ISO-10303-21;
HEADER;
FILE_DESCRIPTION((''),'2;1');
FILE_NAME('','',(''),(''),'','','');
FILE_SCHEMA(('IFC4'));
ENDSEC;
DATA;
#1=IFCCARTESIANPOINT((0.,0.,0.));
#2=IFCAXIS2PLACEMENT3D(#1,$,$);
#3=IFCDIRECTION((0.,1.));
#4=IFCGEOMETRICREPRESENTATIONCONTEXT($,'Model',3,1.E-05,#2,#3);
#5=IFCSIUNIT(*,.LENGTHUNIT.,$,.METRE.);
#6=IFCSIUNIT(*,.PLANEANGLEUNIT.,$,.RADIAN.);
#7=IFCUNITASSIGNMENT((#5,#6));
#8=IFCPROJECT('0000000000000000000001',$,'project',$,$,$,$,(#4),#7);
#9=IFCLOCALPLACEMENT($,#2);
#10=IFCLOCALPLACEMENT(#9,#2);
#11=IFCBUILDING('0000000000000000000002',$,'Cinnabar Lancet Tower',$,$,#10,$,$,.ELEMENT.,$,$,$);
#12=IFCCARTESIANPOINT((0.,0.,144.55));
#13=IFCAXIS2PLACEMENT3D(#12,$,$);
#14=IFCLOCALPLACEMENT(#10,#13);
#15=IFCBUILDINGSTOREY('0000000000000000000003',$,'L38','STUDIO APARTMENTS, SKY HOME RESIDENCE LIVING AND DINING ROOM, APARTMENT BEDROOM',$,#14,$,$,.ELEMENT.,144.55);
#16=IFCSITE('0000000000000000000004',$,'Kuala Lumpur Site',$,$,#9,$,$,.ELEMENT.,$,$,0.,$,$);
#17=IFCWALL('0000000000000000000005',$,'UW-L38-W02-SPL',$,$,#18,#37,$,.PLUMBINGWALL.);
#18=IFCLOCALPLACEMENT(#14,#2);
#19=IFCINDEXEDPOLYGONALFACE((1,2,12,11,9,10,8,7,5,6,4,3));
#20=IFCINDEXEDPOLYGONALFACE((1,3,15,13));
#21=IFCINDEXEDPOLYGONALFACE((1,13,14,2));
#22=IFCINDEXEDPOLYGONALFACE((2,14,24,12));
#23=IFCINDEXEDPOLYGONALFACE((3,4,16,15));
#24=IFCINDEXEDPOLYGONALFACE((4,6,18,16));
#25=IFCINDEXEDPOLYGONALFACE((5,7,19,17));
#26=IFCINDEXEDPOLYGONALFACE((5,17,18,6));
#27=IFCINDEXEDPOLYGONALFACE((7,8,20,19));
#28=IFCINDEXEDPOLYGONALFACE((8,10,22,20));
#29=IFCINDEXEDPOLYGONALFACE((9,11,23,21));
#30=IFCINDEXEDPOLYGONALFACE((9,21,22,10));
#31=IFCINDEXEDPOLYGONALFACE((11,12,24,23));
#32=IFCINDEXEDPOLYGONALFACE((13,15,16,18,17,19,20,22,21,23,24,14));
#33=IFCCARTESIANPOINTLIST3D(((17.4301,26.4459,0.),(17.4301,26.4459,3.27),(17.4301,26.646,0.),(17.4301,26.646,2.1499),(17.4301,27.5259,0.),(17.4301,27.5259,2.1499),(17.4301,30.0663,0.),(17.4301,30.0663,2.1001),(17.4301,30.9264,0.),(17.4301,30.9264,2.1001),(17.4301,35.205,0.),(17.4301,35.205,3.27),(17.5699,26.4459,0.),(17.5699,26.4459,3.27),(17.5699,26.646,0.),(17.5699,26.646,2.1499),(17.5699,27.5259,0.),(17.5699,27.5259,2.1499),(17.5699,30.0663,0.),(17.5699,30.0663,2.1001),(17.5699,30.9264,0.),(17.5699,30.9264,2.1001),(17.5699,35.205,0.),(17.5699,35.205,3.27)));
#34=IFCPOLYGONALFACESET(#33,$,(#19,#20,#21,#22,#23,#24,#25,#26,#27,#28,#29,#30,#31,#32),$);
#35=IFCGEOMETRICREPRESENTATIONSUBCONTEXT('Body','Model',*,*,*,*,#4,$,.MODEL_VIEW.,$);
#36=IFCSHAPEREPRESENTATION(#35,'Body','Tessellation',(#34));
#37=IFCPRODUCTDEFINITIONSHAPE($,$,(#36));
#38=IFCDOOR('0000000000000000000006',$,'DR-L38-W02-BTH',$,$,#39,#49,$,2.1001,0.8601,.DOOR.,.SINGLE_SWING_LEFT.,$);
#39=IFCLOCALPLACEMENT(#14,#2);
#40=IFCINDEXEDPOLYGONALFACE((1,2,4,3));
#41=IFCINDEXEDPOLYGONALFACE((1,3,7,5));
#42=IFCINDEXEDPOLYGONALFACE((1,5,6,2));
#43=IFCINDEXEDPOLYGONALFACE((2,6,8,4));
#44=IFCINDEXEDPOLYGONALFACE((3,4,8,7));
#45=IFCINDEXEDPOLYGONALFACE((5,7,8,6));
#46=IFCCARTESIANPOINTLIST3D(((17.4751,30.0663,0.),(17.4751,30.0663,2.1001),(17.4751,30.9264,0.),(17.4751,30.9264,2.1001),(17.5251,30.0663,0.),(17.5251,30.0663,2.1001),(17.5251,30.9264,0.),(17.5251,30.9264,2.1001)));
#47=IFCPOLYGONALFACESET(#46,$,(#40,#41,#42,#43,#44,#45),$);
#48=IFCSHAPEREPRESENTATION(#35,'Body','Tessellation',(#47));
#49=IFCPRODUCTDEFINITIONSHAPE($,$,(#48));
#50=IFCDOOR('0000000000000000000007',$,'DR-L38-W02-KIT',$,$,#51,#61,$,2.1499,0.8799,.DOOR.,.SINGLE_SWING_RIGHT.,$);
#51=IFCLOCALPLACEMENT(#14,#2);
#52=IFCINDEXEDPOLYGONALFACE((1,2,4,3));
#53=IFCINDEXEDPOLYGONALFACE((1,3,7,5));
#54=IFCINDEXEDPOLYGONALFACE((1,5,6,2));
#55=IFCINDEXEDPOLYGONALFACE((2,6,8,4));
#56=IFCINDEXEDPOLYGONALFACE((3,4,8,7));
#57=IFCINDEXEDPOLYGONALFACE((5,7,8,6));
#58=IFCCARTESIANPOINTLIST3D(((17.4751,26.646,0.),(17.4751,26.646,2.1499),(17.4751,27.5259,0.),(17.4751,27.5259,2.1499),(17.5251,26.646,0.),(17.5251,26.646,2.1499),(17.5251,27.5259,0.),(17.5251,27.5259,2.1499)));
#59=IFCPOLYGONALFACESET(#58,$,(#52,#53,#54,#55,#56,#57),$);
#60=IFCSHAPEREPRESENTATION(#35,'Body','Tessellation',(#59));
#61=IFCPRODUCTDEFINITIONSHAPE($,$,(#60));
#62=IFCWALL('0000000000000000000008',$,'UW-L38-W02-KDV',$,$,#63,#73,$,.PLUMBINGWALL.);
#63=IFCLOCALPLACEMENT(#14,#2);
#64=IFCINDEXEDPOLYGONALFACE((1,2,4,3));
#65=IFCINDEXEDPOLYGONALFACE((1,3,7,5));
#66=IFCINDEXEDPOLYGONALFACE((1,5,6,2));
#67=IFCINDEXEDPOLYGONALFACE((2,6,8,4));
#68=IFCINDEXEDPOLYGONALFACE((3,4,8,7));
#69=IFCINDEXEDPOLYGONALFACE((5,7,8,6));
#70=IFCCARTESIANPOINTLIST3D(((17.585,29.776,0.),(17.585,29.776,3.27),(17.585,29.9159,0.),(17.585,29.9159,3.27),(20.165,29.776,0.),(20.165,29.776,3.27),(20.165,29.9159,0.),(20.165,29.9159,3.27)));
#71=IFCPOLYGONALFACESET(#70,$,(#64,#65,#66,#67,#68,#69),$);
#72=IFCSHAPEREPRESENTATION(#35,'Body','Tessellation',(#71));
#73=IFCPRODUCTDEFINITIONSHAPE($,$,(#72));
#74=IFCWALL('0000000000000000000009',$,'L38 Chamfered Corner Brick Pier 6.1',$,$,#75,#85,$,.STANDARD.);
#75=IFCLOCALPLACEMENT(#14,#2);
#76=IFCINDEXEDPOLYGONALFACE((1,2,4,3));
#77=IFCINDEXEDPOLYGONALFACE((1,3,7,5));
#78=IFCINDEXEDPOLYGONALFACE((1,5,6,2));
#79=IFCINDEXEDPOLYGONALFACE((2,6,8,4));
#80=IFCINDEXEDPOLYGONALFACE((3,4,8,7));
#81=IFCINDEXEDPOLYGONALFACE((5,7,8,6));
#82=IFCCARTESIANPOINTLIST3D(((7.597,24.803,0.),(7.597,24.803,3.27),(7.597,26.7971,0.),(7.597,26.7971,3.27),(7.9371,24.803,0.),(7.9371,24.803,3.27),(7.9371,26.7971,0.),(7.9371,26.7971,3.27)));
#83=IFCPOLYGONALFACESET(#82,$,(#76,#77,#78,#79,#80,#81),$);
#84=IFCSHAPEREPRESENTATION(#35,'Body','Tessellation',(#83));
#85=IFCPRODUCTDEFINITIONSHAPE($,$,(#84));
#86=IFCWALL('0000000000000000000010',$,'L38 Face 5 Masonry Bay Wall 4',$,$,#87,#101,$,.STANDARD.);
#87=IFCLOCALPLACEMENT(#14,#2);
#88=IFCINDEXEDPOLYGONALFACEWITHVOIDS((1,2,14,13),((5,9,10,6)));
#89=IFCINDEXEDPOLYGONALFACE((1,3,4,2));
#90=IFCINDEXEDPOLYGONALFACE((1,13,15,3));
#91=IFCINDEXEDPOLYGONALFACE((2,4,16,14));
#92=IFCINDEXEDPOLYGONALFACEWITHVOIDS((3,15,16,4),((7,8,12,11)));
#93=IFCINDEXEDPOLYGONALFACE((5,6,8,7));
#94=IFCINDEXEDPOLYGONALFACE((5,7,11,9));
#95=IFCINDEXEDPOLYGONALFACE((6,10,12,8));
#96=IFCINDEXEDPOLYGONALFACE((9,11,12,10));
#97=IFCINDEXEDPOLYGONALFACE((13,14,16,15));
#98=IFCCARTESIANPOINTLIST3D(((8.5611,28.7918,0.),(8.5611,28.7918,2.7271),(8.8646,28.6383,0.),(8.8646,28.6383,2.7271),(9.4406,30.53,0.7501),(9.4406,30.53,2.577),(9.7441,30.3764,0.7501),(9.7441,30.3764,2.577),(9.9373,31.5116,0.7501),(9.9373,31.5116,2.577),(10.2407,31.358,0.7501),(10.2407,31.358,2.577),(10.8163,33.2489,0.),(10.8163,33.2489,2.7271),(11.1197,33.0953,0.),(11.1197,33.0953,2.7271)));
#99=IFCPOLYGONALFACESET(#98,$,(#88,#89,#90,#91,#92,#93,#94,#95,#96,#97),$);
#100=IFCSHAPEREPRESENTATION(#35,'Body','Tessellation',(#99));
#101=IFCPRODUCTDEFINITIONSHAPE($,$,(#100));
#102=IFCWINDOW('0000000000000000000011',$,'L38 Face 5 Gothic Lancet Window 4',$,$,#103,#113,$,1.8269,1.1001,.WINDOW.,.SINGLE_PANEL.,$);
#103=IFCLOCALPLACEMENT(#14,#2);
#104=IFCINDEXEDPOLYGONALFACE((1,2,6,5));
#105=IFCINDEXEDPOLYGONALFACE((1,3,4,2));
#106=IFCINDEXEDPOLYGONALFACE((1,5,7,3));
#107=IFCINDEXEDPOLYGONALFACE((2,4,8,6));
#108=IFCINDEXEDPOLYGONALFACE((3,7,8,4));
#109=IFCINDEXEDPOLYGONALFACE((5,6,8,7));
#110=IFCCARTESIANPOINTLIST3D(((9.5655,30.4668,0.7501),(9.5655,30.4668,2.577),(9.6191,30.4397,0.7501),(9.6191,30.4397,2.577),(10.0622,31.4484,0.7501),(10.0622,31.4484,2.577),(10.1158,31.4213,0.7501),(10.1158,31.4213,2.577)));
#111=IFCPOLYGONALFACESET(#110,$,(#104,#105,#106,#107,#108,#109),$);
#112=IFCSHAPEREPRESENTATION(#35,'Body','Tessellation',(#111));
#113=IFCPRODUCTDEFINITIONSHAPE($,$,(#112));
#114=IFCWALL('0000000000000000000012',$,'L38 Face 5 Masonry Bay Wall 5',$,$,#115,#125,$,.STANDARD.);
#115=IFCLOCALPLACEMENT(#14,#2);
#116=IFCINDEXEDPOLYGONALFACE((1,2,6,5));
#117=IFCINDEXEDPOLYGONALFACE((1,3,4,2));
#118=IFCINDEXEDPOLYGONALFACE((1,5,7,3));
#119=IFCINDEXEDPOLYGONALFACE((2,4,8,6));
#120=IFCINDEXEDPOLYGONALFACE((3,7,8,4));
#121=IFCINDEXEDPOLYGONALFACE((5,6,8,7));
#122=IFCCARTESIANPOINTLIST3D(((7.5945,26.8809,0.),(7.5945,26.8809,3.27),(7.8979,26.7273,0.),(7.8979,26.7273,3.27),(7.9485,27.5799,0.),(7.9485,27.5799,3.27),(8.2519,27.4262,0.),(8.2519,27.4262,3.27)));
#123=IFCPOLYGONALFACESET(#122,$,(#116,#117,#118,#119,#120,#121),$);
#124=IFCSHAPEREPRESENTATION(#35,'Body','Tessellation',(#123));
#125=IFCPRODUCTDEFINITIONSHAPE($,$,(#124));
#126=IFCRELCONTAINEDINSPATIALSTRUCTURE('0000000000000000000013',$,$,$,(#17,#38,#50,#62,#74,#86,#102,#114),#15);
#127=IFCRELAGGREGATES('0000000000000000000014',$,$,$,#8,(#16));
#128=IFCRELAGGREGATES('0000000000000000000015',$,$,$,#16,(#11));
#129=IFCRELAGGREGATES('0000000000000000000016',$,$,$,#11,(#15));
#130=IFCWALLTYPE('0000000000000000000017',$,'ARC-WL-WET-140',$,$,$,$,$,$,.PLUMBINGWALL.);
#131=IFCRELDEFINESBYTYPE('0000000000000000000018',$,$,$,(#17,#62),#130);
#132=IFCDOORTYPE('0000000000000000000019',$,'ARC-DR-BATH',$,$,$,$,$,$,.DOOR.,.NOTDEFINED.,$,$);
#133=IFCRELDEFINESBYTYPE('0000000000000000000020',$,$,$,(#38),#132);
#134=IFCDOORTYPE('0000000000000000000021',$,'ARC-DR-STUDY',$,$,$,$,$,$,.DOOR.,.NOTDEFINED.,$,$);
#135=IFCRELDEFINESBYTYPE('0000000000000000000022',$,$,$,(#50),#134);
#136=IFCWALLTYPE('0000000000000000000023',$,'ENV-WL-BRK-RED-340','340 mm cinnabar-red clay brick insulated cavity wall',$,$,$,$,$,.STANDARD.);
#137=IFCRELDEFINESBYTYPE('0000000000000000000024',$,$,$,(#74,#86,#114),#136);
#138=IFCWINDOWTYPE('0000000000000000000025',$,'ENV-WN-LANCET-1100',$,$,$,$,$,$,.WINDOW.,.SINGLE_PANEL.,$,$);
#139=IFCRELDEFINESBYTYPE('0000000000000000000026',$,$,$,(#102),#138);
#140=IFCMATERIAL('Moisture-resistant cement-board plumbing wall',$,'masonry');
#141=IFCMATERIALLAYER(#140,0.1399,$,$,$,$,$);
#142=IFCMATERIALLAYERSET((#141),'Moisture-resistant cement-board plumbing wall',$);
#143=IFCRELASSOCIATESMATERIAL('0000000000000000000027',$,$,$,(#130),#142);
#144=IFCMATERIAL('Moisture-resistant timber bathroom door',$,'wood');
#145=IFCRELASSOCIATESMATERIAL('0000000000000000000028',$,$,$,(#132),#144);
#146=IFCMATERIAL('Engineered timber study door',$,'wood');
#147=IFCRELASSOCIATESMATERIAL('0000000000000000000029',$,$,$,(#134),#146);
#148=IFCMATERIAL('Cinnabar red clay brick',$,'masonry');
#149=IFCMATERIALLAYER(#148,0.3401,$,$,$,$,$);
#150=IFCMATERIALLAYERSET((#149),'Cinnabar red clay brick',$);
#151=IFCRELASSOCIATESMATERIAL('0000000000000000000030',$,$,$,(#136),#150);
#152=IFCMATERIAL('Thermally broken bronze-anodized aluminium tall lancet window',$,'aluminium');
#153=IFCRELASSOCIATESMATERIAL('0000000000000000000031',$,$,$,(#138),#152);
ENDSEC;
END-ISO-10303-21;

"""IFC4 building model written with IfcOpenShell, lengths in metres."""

from ifc_helpers import new_model, si_unit, direction, frame, frame_2d, origin, place, context, subcontext, project, spatial, rectangle, extrude, material, layer, layer_set, type_object, element, fill, save


model = new_model("IFC4")

# Units and contexts
model_context = context("Model", 3, precision=1e-05, world=origin(), true_north=direction((0.0, 1.0)))
body_context = subcontext(model_context, "Body", "Model", "MODEL_VIEW")
ifc_project = project(units=[si_unit("LENGTHUNIT", "METRE"), si_unit("PLANEANGLEUNIT", "RADIAN")], contexts=[model_context])

# Site, building, storey
site_placement = place(None, origin())
site = spatial("IfcSite", under=ifc_project, at=site_placement, Name="Kuala Lumpur Site", CompositionType="ELEMENT", RefElevation=0.0)
building_placement = place(site_placement, origin())
building = spatial("IfcBuilding", under=site, at=building_placement, Name="Cinnabar Lancet Tower", CompositionType="ELEMENT")
storey_placement = place(building_placement, frame((0.0, 0.0, 144.55)))
storey = spatial("IfcBuildingStorey", under=building, at=storey_placement, Name="L38", Description="STUDIO APARTMENTS, SKY HOME RESIDENCE LIVING AND DINING ROOM, APARTMENT BEDROOM", CompositionType="ELEMENT", Elevation=144.55)

# Wall, openings, doors
ifc_material_1 = material(Name="Moisture-resistant cement-board plumbing wall", Category="masonry")
ifc_layer_1 = layer(ifc_material_1, 0.1399)
ifc_layer_set_1 = layer_set([ifc_layer_1], Name="Moisture-resistant cement-board plumbing wall")
wall_type_1 = type_object("IfcWallType", Name="ARC-WL-WET-140", PredefinedType="PLUMBINGWALL", material=ifc_layer_set_1)
wall_1_placement = place(storey_placement, frame((17.5, 26.446, 0.0), z_axis=(0.0, 0.0, 1.0), x_axis=(0.0, 1.0, 0.0)))
wall_1 = element("IfcWall", 1, at=wall_1_placement, inside=storey, type_object=wall_type_1, Name="UW-L38-W02-SPL", PredefinedType="PLUMBINGWALL", context=body_context, shape_type="SweptSolid", body=[
    extrude(rectangle(XDim=8.759, YDim=0.1399, at=frame_2d((4.3794, 0.0))), origin(), (0.0, 0.0, 1.0), 3.27),
])
opening_1_placement = place(wall_1_placement, frame((3.6201, 0.0, 0.0)))
opening_1 = element("IfcOpeningElement", 2, at=opening_1_placement, cuts=wall_1, PredefinedType="OPENING", context=body_context, shape_type="SweptSolid", body=[
    extrude(rectangle(XDim=0.8601, YDim=2.1001, at=frame_2d((0.4302, 1.05))), frame((0.0, 0.0798, 0.0), z_axis=(0.0, -1.0, 0.0), x_axis=(1.0, 0.0, 0.0)), (0.0, 0.0, 1.0), 0.1599),
])
opening_2_placement = place(wall_1_placement, frame((0.2, 0.0, 0.0)))
opening_2 = element("IfcOpeningElement", 3, at=opening_2_placement, cuts=wall_1, PredefinedType="OPENING", context=body_context, shape_type="SweptSolid", body=[
    extrude(rectangle(XDim=0.8799, YDim=2.1499, at=frame_2d((0.4399, 1.075))), frame((0.0, 0.0798, 0.0), z_axis=(0.0, -1.0, 0.0), x_axis=(1.0, 0.0, 0.0)), (0.0, 0.0, 1.0), 0.1599),
])
ifc_material_2 = material(Name="Moisture-resistant timber bathroom door", Category="wood")
door_type_1 = type_object("IfcDoorType", Name="ARC-DR-BATH", OperationType="NOTDEFINED", PredefinedType="DOOR", material=ifc_material_2)
door_1_placement = place(opening_1_placement, origin())
door_1 = element("IfcDoor", 4, at=door_1_placement, inside=storey, type_object=door_type_1, Name="DR-L38-W02-BTH", OperationType="SINGLE_SWING_LEFT", OverallHeight=2.1001, OverallWidth=0.8601, PredefinedType="DOOR", context=body_context, shape_type="SweptSolid", body=[
    extrude(rectangle(XDim=0.8601, YDim=2.1001, at=frame_2d((0.4302, 1.05))), frame((0.0, 0.0249, 0.0), z_axis=(0.0, -1.0, 0.0), x_axis=(1.0, 0.0, 0.0)), (0.0, 0.0, 1.0), 0.05),
])
fill(opening_1, door_1)
ifc_material_3 = material(Name="Engineered timber study door", Category="wood")
door_type_2 = type_object("IfcDoorType", Name="ARC-DR-STUDY", OperationType="NOTDEFINED", PredefinedType="DOOR", material=ifc_material_3)
door_2_placement = place(opening_2_placement, origin())
door_2 = element("IfcDoor", 5, at=door_2_placement, inside=storey, type_object=door_type_2, Name="DR-L38-W02-KIT", OperationType="SINGLE_SWING_RIGHT", OverallHeight=2.1499, OverallWidth=0.8799, PredefinedType="DOOR", context=body_context, shape_type="SweptSolid", body=[
    extrude(rectangle(XDim=0.8799, YDim=2.1499, at=frame_2d((0.4399, 1.075))), frame((0.0, 0.0249, 0.0), z_axis=(0.0, -1.0, 0.0), x_axis=(1.0, 0.0, 0.0)), (0.0, 0.0, 1.0), 0.05),
])
fill(opening_2, door_2)

# Walls
wall_2_placement = place(storey_placement, frame((17.585, 29.8459, 0.0), z_axis=(0.0, 0.0, 1.0), x_axis=(1.0, 0.0, 0.0)))
element("IfcWall", 6, at=wall_2_placement, inside=storey, type_object=wall_type_1, Name="UW-L38-W02-KDV", PredefinedType="PLUMBINGWALL", context=body_context, shape_type="SweptSolid", body=[
    extrude(rectangle(XDim=2.5801, YDim=0.1399, at=frame_2d((1.29, 0.0))), origin(), (0.0, 0.0, 1.0), 3.27),
])
ifc_material_4 = material(Name="Cinnabar red clay brick", Category="masonry")
ifc_layer_2 = layer(ifc_material_4, 0.3401)
ifc_layer_set_2 = layer_set([ifc_layer_2], Name="Cinnabar red clay brick")
wall_type_2 = type_object("IfcWallType", Name="ENV-WL-BRK-RED-340", Description="340 mm cinnabar-red clay brick insulated cavity wall", PredefinedType="STANDARD", material=ifc_layer_set_2)
wall_3_placement = place(storey_placement, frame((7.7671, 26.7971, 0.0), z_axis=(0.0, 0.0, 1.0), x_axis=(0.0, -1.0, 0.0)))
element("IfcWall", 7, at=wall_3_placement, inside=storey, type_object=wall_type_2, Name="L38 Chamfered Corner Brick Pier 6.1", PredefinedType="STANDARD", context=body_context, shape_type="SweptSolid", body=[
    extrude(rectangle(XDim=1.9941, YDim=0.3401, at=frame_2d((0.9971, 0.0))), origin(), (0.0, 0.0, 1.0), 3.27),
])

# Wall, opening, window
wall_4_placement = place(storey_placement, frame((10.968, 33.1721, 0.0), z_axis=(0.0, 0.0, 1.0), x_axis=(-0.451471, -0.892286, 0.0)))
wall_4 = element("IfcWall", 8, at=wall_4_placement, inside=storey, type_object=wall_type_2, Name="L38 Face 5 Masonry Bay Wall 4", PredefinedType="STANDARD", context=body_context, shape_type="SweptSolid", body=[
    extrude(rectangle(XDim=4.9951, YDim=0.3401, at=frame_2d((2.4976, 0.0))), origin(), (0.0, 0.0, 1.0), 2.7271),
])
opening_3_placement = place(wall_4_placement, frame((1.947, 0.0, 0.75)))
opening_3 = element("IfcOpeningElement", 9, at=opening_3_placement, cuts=wall_4, PredefinedType="OPENING", context=body_context, shape_type="SweptSolid", body=[
    extrude(rectangle(XDim=1.1001, YDim=1.8269, at=frame_2d((0.55, 0.9136))), frame((0.0, 0.1799, 0.0), z_axis=(0.0, -1.0, 0.0), x_axis=(1.0, 0.0, 0.0)), (0.0, 0.0, 1.0), 0.3601),
])
ifc_material_5 = material(Name="Thermally broken bronze-anodized aluminium tall lancet window", Category="aluminium")
window_type = type_object("IfcWindowType", Name="ENV-WN-LANCET-1100", PartitioningType="SINGLE_PANEL", PredefinedType="WINDOW", material=ifc_material_5)
window_placement = place(opening_3_placement, origin())
window = element("IfcWindow", 10, at=window_placement, inside=storey, type_object=window_type, Name="L38 Face 5 Gothic Lancet Window 4", OverallHeight=1.8269, OverallWidth=1.1001, PartitioningType="SINGLE_PANEL", PredefinedType="WINDOW", context=body_context, shape_type="SweptSolid", body=[
    extrude(rectangle(XDim=1.1001, YDim=1.8269, at=frame_2d((0.55, 0.9136))), frame((0.0, 0.03, 0.0), z_axis=(0.0, -1.0, 0.0), x_axis=(1.0, 0.0, 0.0)), (0.0, 0.0, 1.0), 0.0601),
])
fill(opening_3, window)

# Wall
wall_5_placement = place(storey_placement, frame((8.1001, 27.5029, 0.0), z_axis=(0.0, 0.0, 1.0), x_axis=(-0.451819, -0.892109, 0.0)))
element("IfcWall", 11, at=wall_5_placement, inside=storey, type_object=wall_type_2, Name="L38 Face 5 Masonry Bay Wall 5", PredefinedType="STANDARD", context=body_context, shape_type="SweptSolid", body=[
    extrude(rectangle(XDim=0.7834, YDim=0.3401, at=frame_2d((0.3916, 0.0))), origin(), (0.0, 0.0, 1.0), 3.27),
])

save(model, "model.ifc")
